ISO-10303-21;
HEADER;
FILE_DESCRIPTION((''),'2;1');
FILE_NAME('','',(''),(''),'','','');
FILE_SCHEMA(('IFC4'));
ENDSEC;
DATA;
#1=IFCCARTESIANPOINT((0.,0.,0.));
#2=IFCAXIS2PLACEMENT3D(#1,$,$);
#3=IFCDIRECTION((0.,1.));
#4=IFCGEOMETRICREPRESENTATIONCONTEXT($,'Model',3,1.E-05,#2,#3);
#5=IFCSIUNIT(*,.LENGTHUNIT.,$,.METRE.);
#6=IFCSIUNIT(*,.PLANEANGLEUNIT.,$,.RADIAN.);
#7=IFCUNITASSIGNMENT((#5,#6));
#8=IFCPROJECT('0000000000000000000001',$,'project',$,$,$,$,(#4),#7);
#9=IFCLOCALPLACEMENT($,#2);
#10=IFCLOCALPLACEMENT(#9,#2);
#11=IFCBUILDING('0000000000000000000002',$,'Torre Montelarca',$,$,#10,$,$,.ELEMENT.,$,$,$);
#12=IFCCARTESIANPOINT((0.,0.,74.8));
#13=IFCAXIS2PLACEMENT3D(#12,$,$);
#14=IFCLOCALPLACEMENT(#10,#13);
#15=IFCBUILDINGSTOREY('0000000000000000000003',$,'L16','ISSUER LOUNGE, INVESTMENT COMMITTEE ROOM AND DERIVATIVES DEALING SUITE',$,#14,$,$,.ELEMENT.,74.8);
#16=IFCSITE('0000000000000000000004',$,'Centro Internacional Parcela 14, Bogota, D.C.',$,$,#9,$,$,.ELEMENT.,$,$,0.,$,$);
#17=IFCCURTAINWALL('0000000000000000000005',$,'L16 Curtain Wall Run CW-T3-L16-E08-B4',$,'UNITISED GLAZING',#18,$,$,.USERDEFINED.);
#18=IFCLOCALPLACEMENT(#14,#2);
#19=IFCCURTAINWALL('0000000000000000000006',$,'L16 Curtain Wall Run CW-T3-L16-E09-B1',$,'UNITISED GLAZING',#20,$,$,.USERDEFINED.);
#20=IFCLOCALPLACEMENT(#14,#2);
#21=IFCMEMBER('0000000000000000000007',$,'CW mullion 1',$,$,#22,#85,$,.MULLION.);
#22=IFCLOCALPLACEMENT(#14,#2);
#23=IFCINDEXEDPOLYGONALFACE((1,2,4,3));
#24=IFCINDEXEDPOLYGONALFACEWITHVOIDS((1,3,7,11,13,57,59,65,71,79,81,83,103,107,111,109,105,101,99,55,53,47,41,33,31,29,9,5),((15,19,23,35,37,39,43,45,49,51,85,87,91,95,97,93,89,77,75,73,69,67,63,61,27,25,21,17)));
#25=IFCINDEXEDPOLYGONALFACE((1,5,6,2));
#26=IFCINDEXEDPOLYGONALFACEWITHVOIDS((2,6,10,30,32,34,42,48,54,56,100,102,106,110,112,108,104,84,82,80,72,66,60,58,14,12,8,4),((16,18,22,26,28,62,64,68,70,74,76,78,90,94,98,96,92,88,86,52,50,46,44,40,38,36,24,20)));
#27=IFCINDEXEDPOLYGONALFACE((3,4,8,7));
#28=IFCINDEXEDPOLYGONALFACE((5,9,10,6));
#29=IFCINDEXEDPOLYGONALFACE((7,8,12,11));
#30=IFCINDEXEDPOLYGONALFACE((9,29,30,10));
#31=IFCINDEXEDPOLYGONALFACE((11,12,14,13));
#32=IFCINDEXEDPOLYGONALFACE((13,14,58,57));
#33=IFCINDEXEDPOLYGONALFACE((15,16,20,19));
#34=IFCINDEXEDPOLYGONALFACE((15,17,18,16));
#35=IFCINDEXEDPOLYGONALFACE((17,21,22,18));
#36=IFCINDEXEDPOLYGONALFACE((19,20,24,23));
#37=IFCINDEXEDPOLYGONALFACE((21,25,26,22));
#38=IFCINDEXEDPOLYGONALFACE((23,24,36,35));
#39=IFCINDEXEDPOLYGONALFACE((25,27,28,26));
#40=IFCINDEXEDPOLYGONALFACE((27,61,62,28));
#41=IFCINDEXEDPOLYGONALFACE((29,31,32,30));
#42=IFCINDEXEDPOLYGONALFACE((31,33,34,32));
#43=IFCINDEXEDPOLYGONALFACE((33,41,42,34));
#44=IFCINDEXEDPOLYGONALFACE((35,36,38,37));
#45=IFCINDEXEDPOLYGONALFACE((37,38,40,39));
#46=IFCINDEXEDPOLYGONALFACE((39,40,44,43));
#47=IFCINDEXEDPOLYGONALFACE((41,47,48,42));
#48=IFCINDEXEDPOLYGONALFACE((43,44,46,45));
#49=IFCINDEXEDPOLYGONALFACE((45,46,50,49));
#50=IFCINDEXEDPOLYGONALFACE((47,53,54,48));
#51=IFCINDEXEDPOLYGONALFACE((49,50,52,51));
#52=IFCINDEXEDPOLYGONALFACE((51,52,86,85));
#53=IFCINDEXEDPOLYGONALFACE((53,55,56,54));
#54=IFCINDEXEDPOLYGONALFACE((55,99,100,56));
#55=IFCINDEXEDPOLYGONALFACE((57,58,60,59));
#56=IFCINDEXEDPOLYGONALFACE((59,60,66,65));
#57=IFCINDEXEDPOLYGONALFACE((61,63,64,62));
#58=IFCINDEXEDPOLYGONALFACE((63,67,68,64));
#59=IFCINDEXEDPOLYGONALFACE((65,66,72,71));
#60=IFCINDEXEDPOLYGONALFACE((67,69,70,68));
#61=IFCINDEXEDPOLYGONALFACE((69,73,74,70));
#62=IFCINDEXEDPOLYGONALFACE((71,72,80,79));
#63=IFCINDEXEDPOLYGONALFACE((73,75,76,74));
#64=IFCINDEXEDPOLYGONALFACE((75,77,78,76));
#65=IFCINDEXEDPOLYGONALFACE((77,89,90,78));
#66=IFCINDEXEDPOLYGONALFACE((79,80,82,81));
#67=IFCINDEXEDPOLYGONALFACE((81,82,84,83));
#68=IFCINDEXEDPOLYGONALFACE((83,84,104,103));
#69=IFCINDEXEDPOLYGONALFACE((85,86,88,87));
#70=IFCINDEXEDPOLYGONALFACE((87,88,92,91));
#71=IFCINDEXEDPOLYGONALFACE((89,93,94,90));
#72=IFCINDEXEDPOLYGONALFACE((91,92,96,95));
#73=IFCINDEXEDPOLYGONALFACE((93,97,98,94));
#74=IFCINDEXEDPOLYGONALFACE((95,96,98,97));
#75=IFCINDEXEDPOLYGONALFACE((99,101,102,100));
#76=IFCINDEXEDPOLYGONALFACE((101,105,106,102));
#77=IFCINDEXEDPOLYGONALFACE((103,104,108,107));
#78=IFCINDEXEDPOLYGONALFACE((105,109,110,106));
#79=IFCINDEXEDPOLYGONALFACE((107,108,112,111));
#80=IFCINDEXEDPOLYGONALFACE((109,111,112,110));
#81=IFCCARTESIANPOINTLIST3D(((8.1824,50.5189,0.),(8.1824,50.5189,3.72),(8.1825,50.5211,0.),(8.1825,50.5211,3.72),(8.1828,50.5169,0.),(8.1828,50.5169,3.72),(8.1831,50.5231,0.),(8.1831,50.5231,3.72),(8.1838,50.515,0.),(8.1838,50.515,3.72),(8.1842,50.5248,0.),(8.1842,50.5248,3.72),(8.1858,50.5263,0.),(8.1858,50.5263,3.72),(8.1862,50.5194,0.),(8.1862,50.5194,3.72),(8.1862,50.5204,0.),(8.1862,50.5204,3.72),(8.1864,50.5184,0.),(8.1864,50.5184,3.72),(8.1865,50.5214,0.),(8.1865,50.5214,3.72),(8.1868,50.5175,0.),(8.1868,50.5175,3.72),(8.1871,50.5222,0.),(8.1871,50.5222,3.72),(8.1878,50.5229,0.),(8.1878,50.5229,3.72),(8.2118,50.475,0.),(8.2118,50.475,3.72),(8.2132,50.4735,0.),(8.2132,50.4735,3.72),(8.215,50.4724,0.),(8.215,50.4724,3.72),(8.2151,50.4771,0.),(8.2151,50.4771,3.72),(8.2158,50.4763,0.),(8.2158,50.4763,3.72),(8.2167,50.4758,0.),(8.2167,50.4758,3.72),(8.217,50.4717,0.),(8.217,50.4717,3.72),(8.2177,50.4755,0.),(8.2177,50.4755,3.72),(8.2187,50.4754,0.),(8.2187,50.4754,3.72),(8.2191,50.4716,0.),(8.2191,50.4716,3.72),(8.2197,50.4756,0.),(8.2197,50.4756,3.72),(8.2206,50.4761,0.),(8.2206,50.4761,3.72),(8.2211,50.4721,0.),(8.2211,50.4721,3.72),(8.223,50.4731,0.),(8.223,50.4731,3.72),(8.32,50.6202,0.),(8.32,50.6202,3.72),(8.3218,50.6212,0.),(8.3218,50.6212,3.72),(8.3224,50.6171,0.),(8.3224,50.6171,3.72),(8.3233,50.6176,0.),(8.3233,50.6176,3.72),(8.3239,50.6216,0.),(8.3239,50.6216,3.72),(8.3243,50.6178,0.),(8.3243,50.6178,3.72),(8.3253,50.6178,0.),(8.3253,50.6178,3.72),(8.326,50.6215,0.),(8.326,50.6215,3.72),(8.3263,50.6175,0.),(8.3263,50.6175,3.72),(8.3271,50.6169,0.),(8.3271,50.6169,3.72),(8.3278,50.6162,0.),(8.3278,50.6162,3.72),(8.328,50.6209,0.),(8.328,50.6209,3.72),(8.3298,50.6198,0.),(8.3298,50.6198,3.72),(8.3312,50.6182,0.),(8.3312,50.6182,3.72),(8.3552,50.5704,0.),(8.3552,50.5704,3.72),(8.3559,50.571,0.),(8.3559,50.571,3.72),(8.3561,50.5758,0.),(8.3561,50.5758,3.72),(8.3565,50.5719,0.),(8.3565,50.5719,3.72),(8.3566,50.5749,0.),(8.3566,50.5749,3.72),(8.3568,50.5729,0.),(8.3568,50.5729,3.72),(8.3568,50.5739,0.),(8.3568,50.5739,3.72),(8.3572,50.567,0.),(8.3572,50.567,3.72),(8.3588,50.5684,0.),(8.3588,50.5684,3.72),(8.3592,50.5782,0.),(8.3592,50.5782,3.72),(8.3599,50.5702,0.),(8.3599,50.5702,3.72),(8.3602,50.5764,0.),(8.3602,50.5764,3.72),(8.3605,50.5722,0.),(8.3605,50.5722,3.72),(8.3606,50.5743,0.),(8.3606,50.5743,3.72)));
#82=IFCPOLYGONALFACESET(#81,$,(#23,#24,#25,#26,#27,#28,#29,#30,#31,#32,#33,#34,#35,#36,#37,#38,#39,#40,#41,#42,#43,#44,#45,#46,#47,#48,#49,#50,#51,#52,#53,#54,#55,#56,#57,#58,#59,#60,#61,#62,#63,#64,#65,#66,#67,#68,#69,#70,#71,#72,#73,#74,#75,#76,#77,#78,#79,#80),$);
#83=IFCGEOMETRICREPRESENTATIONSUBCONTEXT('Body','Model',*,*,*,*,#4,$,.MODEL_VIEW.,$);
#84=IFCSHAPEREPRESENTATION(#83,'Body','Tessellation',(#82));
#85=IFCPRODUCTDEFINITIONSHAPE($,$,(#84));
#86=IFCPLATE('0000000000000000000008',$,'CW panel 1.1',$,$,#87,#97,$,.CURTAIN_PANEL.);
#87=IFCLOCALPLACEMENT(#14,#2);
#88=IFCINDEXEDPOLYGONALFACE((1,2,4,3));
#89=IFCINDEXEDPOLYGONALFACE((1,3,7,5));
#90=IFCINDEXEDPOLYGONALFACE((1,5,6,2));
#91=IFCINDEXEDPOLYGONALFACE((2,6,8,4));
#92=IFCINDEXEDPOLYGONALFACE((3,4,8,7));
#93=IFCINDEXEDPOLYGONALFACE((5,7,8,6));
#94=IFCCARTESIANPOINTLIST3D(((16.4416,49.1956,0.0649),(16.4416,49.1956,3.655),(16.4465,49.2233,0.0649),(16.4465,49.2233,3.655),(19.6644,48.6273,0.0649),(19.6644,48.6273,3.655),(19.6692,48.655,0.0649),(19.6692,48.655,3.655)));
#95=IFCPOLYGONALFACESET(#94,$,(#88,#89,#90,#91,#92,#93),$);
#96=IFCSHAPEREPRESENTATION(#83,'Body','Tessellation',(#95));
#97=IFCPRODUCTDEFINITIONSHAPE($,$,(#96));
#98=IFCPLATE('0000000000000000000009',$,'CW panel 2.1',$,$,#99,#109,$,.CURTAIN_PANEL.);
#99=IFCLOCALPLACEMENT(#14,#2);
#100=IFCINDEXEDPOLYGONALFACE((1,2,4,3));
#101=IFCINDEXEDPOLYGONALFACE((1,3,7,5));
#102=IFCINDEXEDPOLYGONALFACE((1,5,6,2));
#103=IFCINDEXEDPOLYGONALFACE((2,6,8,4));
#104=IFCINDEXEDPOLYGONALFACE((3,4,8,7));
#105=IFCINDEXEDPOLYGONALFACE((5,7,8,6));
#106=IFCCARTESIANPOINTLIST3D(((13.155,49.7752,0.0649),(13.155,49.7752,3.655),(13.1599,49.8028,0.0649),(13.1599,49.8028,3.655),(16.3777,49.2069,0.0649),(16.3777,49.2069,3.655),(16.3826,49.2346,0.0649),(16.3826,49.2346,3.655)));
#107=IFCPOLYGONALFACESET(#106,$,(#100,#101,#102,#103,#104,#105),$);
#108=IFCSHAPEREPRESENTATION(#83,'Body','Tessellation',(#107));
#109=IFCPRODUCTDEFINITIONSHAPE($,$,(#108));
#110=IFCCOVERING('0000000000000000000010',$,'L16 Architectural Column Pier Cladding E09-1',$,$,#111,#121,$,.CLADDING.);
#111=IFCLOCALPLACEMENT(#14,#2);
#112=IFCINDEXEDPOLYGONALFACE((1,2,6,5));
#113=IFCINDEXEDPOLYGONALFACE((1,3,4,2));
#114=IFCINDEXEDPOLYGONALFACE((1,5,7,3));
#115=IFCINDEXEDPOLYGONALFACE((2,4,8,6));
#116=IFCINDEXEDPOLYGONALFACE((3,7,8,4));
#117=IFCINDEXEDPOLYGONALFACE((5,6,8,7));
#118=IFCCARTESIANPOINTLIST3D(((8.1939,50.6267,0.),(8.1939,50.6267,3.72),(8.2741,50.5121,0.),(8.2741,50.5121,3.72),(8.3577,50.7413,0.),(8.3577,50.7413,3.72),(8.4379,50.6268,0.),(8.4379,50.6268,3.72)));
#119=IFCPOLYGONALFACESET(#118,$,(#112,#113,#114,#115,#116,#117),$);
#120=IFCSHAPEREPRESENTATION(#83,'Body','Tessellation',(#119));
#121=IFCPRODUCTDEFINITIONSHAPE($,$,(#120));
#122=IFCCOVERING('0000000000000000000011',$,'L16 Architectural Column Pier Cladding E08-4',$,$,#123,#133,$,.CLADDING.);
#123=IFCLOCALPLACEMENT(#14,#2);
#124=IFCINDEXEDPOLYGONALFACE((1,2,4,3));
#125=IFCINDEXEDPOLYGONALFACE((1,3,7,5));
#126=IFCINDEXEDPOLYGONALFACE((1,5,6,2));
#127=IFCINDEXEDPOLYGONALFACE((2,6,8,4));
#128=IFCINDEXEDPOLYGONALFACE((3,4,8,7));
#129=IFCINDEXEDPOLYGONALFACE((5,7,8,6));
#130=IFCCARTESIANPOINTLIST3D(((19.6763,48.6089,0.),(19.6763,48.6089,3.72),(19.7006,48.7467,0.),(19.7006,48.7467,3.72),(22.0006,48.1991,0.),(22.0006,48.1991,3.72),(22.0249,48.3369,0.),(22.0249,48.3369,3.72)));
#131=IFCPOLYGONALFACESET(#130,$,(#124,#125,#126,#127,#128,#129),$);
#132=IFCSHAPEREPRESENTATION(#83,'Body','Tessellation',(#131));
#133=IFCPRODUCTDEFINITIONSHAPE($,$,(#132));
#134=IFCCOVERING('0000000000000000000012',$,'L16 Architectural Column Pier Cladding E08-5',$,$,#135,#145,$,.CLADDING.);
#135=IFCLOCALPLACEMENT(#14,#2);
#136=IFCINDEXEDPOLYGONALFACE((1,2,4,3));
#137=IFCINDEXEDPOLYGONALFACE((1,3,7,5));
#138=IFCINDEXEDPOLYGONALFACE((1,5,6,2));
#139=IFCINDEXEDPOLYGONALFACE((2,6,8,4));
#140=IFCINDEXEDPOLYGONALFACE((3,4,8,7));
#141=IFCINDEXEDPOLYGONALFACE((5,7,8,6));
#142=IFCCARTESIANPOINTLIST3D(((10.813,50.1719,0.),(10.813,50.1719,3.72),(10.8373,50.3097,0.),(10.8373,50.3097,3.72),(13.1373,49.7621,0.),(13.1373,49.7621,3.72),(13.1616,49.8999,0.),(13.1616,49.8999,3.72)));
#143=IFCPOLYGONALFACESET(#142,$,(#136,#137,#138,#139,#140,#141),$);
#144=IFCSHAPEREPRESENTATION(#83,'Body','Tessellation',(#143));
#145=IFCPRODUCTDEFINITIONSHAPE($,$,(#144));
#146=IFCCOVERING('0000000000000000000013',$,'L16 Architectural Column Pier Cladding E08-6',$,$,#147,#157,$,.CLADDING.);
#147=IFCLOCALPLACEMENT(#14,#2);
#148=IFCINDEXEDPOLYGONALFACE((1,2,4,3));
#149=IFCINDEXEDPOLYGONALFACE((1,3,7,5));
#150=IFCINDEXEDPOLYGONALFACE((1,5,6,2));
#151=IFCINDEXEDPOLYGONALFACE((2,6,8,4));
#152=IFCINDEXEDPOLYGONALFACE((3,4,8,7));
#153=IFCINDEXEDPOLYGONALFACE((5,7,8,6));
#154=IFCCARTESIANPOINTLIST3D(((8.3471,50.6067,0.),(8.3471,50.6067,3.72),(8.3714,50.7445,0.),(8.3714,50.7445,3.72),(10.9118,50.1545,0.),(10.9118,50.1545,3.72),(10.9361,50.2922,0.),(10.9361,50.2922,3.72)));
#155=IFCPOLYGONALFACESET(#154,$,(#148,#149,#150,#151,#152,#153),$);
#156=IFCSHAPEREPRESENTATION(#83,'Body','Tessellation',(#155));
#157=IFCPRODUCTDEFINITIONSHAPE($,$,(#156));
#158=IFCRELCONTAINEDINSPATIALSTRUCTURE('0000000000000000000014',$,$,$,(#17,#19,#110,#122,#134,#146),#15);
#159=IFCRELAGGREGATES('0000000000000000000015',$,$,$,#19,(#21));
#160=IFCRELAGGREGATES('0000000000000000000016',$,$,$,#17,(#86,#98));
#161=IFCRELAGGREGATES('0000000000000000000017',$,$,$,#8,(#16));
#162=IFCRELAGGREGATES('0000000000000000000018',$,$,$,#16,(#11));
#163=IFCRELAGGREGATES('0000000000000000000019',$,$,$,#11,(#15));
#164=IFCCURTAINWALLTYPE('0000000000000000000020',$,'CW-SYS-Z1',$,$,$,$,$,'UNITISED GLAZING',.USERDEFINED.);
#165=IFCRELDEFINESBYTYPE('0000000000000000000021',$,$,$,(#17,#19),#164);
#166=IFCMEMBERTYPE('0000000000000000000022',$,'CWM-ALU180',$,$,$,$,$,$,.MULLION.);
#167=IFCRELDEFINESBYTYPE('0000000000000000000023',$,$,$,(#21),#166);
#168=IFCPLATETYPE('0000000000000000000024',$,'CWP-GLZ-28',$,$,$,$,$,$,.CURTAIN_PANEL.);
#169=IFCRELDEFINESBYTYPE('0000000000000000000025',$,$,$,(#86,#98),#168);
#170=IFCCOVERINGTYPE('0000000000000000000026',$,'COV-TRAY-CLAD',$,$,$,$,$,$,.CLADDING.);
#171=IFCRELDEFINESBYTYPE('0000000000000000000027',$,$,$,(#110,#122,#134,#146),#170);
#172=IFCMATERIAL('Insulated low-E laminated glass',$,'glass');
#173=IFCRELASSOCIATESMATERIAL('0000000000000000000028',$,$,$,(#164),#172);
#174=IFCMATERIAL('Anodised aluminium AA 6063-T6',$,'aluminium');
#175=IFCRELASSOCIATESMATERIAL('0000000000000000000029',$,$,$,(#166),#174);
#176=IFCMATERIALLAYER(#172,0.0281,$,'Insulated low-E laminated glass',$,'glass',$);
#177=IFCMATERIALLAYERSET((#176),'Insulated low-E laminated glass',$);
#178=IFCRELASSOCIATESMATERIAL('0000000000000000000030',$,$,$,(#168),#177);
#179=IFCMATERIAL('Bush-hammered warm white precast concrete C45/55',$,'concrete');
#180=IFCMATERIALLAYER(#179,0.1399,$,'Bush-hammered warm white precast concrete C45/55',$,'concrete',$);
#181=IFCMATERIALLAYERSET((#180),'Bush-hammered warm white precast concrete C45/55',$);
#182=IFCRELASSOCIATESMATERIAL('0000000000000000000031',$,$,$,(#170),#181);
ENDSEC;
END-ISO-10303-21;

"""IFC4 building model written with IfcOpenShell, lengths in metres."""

from ifc_helpers import new_model, si_unit, direction, frame, origin, origin_2d, place, context, subcontext, project, spatial, rectangle, hollow_rectangle, extrude, source, transform, mapped, material, layer, layer_set, material_profile, profile_set, type_object, element, aggregate, save


model = new_model("IFC4")

# Units and contexts
model_context = context("Model", 3, precision=1e-05, world=origin(), true_north=direction((0.0, 1.0)))
body_context = subcontext(model_context, "Body", "Model", "MODEL_VIEW")
ifc_project = project(units=[si_unit("LENGTHUNIT", "METRE"), si_unit("PLANEANGLEUNIT", "RADIAN")], contexts=[model_context])

# Site, building, storey
site_placement = place(None, origin())
site = spatial("IfcSite", under=ifc_project, at=site_placement, Name="Centro Internacional Parcela 14, Bogota, D.C.", CompositionType="ELEMENT", RefElevation=0.0)
building_placement = place(site_placement, origin())
building = spatial("IfcBuilding", under=site, at=building_placement, Name="Torre Montelarca", CompositionType="ELEMENT")
storey_placement = place(building_placement, frame((0.0, 0.0, 74.8)))
storey = spatial("IfcBuildingStorey", under=building, at=storey_placement, Name="L16", Description="ISSUER LOUNGE, INVESTMENT COMMITTEE ROOM AND DERIVATIVES DEALING SUITE", CompositionType="ELEMENT", Elevation=74.8)

# Curtain wall
ifc_material_1 = material(Name="Insulated low-E laminated glass", Category="glass")
curtain_wall_type = type_object("IfcCurtainWallType", Name="CW-SYS-Z1", ElementType="UNITISED GLAZING", PredefinedType="USERDEFINED", material=ifc_material_1)
curtain_wall_1_placement = place(storey_placement, origin())
curtain_wall_1 = element("IfcCurtainWall", 1, at=curtain_wall_1_placement, inside=storey, type_object=curtain_wall_type, Name="L16 Curtain Wall Run CW-T3-L16-E08-B4", ObjectType="UNITISED GLAZING", PredefinedType="USERDEFINED")
ifc_material_2 = material(Name="Anodised aluminium AA 6063-T6", Category="aluminium")

# Curtain wall
curtain_wall_2_placement = place(storey_placement, origin())
curtain_wall_2 = element("IfcCurtainWall", 2, at=curtain_wall_2_placement, inside=storey, type_object=curtain_wall_type, Name="L16 Curtain Wall Run CW-T3-L16-E09-B1", ObjectType="UNITISED GLAZING", PredefinedType="USERDEFINED")
ifc_material_profile_1 = material_profile(ifc_material_2, hollow_rectangle(XDim=0.0649, YDim=0.1799, WallThickness=0.0039, InnerFilletRadius=0.0039, OuterFilletRadius=0.0081, at=origin_2d()), Name="ALU65X180X4", Category="aluminium")
ifc_profile_set_1 = profile_set([ifc_material_profile_1], Name="Anodised aluminium AA 6063-T6")
member_type_1 = type_object("IfcMemberType", Name="CWM-ALU180", PredefinedType="MULLION", material=ifc_profile_set_1)
shared_shape_1 = source(origin(), body_context, "Body", "SweptSolid", [
    extrude(hollow_rectangle(XDim=0.0649, YDim=0.1799, WallThickness=0.0039, InnerFilletRadius=0.0039, OuterFilletRadius=0.0081, at=origin_2d()), origin(), (0.0, 0.0, 1.0), 3.72),
])

# Member
member_1_placement = place(storey_placement, frame((8.2715, 50.5466, 0.0), z_axis=(0.0, 0.0, 1.0), x_axis=(0.573554, -0.819168, 0.0)))
member_1 = element("IfcMember", 3, at=member_1_placement, type_object=member_type_1, Name="CW mullion 1", PredefinedType="MULLION", context=body_context, shape_type="MappedRepresentation", body=[
    mapped(shared_shape_1, transform((0.0, 0.0, 0.0), scale=1.0)),
])
aggregate(curtain_wall_2, [member_1])

# Plates
ifc_layer_1 = layer(ifc_material_1, 0.0281, Name="Insulated low-E laminated glass", Category="glass")
ifc_layer_set_1 = layer_set([ifc_layer_1], Name="Insulated low-E laminated glass")
plate_type = type_object("IfcPlateType", Name="CWP-GLZ-28", PredefinedType="CURTAIN_PANEL", material=ifc_layer_set_1)
shared_shape_2 = source(origin(), body_context, "Body", "SweptSolid", [
    extrude(rectangle(XDim=3.2725, YDim=0.0281, at=origin_2d()), origin(), (0.0, 0.0, 1.0), 3.5901),
])
plate_1_placement = place(storey_placement, frame((18.0554, 48.9253, 0.0649), z_axis=(0.0, 0.0, 1.0), x_axis=(-0.984807, 0.173652, 0.0)))
plate_1 = element("IfcPlate", 4, at=plate_1_placement, type_object=plate_type, Name="CW panel 1.1", PredefinedType="CURTAIN_PANEL", context=body_context, shape_type="MappedRepresentation", body=[
    mapped(shared_shape_2, transform((0.0, 0.0, 0.0), scale=1.0)),
])
plate_2_placement = place(storey_placement, frame((14.7688, 49.5049, 0.0649), z_axis=(0.0, 0.0, 1.0), x_axis=(-0.984807, 0.173652, 0.0)))
plate_2 = element("IfcPlate", 5, at=plate_2_placement, type_object=plate_type, Name="CW panel 2.1", PredefinedType="CURTAIN_PANEL", context=body_context, shape_type="MappedRepresentation", body=[
    mapped(shared_shape_2, transform((0.0, 0.0, 0.0), scale=1.0)),
])
aggregate(curtain_wall_1, [plate_1, plate_2])

# Coverings
ifc_material_3 = material(Name="Bush-hammered warm white precast concrete C45/55", Category="concrete")
ifc_layer_2 = layer(ifc_material_3, 0.1399, Name="Bush-hammered warm white precast concrete C45/55", Category="concrete")
ifc_layer_set_2 = layer_set([ifc_layer_2], Name="Bush-hammered warm white precast concrete C45/55")
covering_type = type_object("IfcCoveringType", Name="COV-TRAY-CLAD", PredefinedType="CLADDING", material=ifc_layer_set_2)
shared_shape_3 = source(origin(), body_context, "Body", "SweptSolid", [
    extrude(rectangle(XDim=0.2, YDim=0.1399, at=origin_2d()), origin(), (0.0, 0.0, 1.0), 3.72),
])
covering_1_placement = place(storey_placement, frame((8.3159, 50.6267, 0.0), z_axis=(0.0, 0.0, 1.0), x_axis=(-0.819159, -0.573566, 0.0)))
element("IfcCovering", 6, at=covering_1_placement, inside=storey, type_object=covering_type, Name="L16 Architectural Column Pier Cladding E09-1", PredefinedType="CLADDING", context=body_context, shape_type="MappedRepresentation", body=[
    mapped(shared_shape_3, transform((0.0, 0.0, 0.0), scale=1.0)),
])
shared_shape_4 = source(origin(), body_context, "Body", "SweptSolid", [
    extrude(rectangle(XDim=2.3601, YDim=0.1399, at=origin_2d()), origin(), (0.0, 0.0, 1.0), 3.72),
])
for number, where, z_axis, x_axis, name in (
    (7, (20.8506, 48.4729, 0.0), (0.0, 0.0, 1.0), (-0.984808, 0.173646, 0.0), "L16 Architectural Column Pier Cladding E08-4"),
    (8, (11.9873, 50.0359, 0.0), (0.0, 0.0, 1.0), (-0.984808, 0.173646, 0.0), "L16 Architectural Column Pier Cladding E08-5"),
):
    element("IfcCovering", number, at=place(storey_placement, frame(where, z_axis=z_axis, x_axis=x_axis)), inside=storey, type_object=covering_type, Name=name, PredefinedType="CLADDING", context=body_context, shape_type="MappedRepresentation", body=[
        mapped(shared_shape_4, transform((0.0, 0.0, 0.0), scale=1.0)),
    ])
shared_shape_5 = source(origin(), body_context, "Body", "SweptSolid", [
    extrude(rectangle(XDim=2.6042, YDim=0.1399, at=origin_2d()), origin(), (0.0, 0.0, 1.0), 3.72),
])
covering_2_placement = place(storey_placement, frame((9.6416, 50.4495, 0.0), z_axis=(0.0, 0.0, 1.0), x_axis=(-0.984808, 0.173646, 0.0)))
element("IfcCovering", 9, at=covering_2_placement, inside=storey, type_object=covering_type, Name="L16 Architectural Column Pier Cladding E08-6", PredefinedType="CLADDING", context=body_context, shape_type="MappedRepresentation", body=[
    mapped(shared_shape_5, transform((0.0, 0.0, 0.0), scale=1.0)),
])

save(model, "model.ifc")
